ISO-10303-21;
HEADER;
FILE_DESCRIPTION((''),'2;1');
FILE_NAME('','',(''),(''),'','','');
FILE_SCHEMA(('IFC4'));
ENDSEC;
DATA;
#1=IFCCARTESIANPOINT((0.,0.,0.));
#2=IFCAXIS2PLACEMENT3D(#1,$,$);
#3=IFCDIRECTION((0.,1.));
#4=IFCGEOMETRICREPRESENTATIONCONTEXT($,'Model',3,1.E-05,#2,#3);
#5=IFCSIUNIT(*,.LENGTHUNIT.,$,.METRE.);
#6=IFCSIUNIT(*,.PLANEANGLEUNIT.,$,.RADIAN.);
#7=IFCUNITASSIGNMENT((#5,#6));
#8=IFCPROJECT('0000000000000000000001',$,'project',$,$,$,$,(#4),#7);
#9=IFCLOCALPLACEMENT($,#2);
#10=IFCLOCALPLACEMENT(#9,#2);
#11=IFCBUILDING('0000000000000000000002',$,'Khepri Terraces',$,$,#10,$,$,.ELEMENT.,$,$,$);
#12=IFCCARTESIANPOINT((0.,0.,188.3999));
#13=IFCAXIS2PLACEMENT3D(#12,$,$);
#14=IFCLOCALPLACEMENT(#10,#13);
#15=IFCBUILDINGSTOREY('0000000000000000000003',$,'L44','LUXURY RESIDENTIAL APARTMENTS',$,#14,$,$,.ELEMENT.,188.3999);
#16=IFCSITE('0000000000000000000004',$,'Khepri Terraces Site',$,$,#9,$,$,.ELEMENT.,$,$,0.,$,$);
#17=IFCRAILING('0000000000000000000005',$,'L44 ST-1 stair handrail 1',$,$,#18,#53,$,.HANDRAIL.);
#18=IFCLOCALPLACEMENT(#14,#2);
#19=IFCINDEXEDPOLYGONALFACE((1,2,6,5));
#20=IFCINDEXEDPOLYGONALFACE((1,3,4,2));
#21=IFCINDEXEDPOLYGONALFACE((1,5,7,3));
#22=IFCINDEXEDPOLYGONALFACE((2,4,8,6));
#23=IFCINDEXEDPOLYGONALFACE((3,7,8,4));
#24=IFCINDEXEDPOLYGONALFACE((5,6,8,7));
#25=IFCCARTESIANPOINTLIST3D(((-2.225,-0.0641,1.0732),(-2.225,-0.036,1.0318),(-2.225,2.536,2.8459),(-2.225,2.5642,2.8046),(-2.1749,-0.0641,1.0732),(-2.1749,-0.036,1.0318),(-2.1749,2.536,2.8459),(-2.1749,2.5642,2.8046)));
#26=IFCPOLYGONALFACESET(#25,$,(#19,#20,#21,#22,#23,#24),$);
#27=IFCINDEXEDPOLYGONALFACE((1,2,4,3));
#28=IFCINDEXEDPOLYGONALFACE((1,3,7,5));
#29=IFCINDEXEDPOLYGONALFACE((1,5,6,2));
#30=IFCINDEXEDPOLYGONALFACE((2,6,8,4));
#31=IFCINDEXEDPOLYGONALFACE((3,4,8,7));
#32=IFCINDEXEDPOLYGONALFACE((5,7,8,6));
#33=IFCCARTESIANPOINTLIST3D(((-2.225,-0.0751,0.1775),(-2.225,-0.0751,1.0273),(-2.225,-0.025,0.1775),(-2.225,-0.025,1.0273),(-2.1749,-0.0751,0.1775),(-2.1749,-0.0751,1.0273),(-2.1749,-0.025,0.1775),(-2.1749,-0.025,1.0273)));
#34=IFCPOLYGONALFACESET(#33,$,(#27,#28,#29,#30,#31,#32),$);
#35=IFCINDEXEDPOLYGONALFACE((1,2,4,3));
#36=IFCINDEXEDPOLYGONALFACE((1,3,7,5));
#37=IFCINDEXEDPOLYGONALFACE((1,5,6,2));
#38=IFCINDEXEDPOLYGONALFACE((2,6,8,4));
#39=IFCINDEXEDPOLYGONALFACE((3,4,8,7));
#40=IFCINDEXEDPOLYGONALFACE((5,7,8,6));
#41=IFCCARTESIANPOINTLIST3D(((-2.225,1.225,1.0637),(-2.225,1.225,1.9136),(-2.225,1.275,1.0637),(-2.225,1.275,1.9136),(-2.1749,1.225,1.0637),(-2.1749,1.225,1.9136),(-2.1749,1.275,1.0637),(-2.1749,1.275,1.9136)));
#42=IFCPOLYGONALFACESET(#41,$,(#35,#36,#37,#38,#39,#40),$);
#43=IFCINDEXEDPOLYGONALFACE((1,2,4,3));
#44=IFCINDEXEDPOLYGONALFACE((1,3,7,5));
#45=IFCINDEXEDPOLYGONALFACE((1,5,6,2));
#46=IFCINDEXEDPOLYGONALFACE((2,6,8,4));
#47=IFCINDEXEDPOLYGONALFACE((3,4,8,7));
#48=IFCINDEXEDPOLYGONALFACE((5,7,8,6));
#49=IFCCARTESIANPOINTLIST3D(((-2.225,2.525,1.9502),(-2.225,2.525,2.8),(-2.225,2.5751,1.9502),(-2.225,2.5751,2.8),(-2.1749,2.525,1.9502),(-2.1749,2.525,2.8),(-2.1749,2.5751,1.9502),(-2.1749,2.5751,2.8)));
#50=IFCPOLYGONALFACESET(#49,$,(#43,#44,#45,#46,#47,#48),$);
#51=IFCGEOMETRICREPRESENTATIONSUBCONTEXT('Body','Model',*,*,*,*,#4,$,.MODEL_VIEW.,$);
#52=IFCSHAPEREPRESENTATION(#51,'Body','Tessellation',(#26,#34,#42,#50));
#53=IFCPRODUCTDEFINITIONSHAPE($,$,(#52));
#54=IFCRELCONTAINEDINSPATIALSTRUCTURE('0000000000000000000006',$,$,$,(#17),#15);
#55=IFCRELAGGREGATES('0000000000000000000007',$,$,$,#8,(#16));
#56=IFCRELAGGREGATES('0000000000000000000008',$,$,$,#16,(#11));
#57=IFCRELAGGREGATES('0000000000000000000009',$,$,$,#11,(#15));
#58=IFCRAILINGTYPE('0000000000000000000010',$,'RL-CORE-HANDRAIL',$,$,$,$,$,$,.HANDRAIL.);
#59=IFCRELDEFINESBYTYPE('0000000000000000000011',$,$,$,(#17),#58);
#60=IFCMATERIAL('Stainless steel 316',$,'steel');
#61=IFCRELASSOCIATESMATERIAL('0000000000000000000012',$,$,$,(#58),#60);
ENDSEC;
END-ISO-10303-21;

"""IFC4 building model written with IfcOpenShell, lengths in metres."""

from ifc_helpers import new_model, si_unit, direction, frame, origin, origin_2d, place, context, subcontext, project, spatial, rectangle, extrude, material, type_object, element, save


model = new_model("IFC4")

# Units and contexts
model_context = context("Model", 3, precision=1e-05, world=origin(), true_north=direction((0.0, 1.0)))
body_context = subcontext(model_context, "Body", "Model", "MODEL_VIEW")
ifc_project = project(units=[si_unit("LENGTHUNIT", "METRE"), si_unit("PLANEANGLEUNIT", "RADIAN")], contexts=[model_context])

# Site, building, storey
site_placement = place(None, origin())
site = spatial("IfcSite", under=ifc_project, at=site_placement, Name="Khepri Terraces Site", CompositionType="ELEMENT", RefElevation=0.0)
building_placement = place(site_placement, origin())
building = spatial("IfcBuilding", under=site, at=building_placement, Name="Khepri Terraces", CompositionType="ELEMENT")
storey_placement = place(building_placement, frame((0.0, 0.0, 188.3999)))
storey = spatial("IfcBuildingStorey", under=building, at=storey_placement, Name="L44", Description="LUXURY RESIDENTIAL APARTMENTS", CompositionType="ELEMENT", Elevation=188.3999)

# Railing
ifc_material_1 = material(Name="Stainless steel 316", Category="steel")
railing_type_1 = type_object("IfcRailingType", Name="RL-CORE-HANDRAIL", PredefinedType="HANDRAIL", material=ifc_material_1)
railing_1_placement = place(storey_placement, frame((-2.2, -0.05, 0.1775)))
element("IfcRailing", 1, at=railing_1_placement, inside=storey, type_object=railing_type_1, Name="L44 ST-1 stair handrail 1", PredefinedType="HANDRAIL", context=body_context, shape_type="SweptSolid", body=[
    extrude(rectangle(XDim=0.05, YDim=0.05, at=origin_2d()), frame((0.0, 0.0, 0.875), z_axis=(0.0, 0.82624, 0.563318), x_axis=(-1.0, 0.0, 0.0)), (0.0, 0.0, 1.0), 3.147),
    extrude(rectangle(XDim=0.05, YDim=0.05, at=origin_2d()), origin(), (0.0, 0.0, 1.0), 0.8499),
    extrude(rectangle(XDim=0.05, YDim=0.05, at=origin_2d()), frame((0.0, 1.3, 0.8862)), (0.0, 0.0, 1.0), 0.8499),
    extrude(rectangle(XDim=0.05, YDim=0.05, at=origin_2d()), frame((0.0, 2.6001, 1.7727)), (0.0, 0.0, 1.0), 0.8499),
])

save(model, "model.ifc")
